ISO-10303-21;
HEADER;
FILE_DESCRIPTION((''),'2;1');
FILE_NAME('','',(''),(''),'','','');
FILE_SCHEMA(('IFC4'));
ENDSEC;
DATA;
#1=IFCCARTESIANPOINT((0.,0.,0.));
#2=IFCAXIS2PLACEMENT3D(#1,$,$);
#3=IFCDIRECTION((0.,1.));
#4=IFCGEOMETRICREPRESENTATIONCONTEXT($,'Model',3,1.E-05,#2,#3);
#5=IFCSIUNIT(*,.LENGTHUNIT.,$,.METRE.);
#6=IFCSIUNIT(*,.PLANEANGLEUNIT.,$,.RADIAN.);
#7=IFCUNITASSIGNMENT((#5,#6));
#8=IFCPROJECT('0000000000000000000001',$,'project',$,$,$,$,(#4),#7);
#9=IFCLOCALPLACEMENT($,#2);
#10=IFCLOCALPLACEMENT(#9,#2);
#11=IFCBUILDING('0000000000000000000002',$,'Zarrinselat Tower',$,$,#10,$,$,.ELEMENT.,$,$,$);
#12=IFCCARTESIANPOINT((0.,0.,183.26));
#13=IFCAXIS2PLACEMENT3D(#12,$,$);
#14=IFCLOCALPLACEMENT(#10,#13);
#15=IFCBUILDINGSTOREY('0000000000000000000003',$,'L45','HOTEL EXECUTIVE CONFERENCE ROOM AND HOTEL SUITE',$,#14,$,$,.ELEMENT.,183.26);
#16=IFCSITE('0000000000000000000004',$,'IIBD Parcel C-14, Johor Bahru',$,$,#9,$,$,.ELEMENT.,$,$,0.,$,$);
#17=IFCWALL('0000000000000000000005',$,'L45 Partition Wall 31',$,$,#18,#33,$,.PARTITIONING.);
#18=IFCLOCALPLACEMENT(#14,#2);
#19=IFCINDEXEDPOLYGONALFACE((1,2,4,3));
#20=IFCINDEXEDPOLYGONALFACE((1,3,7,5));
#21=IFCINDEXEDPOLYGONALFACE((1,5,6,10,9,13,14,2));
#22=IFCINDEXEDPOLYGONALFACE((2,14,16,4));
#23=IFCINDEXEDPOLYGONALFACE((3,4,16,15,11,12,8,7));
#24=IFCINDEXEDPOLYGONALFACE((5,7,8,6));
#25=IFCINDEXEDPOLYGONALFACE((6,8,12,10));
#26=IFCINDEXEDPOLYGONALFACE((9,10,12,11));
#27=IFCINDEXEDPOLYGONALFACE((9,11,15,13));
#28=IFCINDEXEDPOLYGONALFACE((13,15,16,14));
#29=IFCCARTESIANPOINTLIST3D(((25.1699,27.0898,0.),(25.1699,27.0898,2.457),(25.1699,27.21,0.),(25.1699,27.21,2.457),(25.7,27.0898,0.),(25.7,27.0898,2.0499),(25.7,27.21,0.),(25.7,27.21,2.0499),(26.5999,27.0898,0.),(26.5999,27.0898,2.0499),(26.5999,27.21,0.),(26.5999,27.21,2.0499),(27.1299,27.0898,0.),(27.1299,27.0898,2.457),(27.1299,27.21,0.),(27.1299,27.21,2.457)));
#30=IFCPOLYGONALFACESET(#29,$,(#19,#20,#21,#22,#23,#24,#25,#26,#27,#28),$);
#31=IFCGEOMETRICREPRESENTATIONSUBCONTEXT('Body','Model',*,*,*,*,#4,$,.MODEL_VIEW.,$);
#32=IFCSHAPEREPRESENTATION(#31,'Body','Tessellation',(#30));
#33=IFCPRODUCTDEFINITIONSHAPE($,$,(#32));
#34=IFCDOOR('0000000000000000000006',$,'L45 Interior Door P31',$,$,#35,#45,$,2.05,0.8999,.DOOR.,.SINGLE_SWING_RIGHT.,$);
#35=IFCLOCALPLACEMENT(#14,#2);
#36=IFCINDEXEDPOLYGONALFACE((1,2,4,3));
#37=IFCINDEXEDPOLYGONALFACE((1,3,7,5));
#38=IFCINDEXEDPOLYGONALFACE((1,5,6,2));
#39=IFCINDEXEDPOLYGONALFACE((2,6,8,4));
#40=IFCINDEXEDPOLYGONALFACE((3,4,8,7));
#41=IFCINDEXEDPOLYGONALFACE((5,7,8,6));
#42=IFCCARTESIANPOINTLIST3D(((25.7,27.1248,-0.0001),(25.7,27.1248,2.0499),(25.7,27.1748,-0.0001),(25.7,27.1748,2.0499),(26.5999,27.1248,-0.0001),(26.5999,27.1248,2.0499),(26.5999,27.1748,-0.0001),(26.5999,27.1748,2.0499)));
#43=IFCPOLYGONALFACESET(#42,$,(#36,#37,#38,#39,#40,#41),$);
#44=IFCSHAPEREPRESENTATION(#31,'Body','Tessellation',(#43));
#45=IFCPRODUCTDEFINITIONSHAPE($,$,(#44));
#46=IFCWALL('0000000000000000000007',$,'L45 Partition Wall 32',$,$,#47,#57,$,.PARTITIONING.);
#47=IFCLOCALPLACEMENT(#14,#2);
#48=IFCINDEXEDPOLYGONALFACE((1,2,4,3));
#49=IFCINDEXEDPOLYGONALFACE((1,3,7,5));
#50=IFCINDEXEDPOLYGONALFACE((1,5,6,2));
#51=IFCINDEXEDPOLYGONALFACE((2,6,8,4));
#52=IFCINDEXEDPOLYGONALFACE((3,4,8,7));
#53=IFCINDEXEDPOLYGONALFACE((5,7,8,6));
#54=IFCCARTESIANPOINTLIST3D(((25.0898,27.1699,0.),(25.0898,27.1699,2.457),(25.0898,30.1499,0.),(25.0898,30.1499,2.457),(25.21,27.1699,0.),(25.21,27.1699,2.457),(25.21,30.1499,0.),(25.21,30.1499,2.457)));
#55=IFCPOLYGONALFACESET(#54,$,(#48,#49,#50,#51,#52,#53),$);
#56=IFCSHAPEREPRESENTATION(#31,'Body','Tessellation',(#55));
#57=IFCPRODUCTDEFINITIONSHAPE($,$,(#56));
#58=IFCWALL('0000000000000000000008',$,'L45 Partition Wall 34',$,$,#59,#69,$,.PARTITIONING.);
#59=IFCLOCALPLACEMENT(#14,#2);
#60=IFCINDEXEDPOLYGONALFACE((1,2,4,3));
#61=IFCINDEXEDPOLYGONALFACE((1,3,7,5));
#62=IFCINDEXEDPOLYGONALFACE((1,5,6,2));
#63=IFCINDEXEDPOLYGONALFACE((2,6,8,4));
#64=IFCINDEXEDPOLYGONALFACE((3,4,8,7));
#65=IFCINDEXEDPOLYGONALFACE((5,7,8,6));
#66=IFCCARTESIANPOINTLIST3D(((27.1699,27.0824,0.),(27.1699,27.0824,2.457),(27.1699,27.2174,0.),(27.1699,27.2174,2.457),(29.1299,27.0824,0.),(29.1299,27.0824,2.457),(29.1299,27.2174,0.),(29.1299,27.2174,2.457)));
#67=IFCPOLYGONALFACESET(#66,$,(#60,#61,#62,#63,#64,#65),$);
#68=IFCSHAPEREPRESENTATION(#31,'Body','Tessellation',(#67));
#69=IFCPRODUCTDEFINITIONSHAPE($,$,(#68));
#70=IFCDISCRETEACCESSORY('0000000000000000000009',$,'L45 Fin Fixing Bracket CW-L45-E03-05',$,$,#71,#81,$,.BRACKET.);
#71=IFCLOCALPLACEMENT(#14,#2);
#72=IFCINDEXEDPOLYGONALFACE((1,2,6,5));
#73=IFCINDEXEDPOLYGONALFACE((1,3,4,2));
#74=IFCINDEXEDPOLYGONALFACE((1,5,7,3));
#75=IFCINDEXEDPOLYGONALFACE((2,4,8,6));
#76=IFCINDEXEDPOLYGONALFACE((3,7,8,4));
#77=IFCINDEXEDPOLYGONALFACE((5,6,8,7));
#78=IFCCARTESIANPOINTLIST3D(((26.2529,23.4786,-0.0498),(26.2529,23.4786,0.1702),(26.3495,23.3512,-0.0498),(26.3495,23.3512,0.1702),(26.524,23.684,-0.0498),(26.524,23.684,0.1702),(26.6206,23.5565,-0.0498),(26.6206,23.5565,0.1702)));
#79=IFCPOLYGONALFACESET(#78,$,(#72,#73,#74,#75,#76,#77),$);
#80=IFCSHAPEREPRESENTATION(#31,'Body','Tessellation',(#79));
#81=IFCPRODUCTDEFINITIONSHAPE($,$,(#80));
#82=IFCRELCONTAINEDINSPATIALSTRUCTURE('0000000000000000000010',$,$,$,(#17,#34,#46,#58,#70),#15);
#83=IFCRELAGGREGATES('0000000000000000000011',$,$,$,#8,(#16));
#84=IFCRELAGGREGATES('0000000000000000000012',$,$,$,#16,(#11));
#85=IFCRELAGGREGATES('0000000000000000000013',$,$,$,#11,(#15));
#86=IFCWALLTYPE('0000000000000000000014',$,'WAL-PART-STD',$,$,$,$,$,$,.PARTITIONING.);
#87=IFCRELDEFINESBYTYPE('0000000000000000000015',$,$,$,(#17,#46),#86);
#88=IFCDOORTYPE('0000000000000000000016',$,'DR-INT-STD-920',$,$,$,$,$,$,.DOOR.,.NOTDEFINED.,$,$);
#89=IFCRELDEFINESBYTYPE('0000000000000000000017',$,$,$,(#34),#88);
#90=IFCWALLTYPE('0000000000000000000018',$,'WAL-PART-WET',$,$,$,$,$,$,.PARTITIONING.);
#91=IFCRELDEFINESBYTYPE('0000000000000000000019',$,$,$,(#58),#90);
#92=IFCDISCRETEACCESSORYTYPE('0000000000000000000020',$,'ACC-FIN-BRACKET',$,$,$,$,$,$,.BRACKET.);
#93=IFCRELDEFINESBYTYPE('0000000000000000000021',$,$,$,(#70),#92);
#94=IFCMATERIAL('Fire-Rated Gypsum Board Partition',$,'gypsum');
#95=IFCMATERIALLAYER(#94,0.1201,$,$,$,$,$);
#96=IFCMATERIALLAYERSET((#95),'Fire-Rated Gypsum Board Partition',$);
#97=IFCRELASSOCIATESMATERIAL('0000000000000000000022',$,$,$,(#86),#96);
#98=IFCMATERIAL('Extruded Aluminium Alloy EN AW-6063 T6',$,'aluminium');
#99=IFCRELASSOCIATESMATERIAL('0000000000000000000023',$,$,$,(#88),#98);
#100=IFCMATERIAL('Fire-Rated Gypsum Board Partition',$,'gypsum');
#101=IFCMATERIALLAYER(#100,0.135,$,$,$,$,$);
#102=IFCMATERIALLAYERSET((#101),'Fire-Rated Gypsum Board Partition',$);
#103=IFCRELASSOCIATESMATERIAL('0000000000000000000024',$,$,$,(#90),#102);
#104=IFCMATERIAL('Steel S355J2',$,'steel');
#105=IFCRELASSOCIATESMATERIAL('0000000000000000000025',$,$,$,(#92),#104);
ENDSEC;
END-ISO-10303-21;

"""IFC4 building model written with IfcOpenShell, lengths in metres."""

from ifc_helpers import new_model, si_unit, direction, frame, frame_2d, origin, origin_2d, place, context, subcontext, project, spatial, rectangle, extrude, material, layer, layer_set, type_object, element, fill, save


model = new_model("IFC4")

# Units and contexts
model_context = context("Model", 3, precision=1e-05, world=origin(), true_north=direction((0.0, 1.0)))
body_context = subcontext(model_context, "Body", "Model", "MODEL_VIEW")
ifc_project = project(units=[si_unit("LENGTHUNIT", "METRE"), si_unit("PLANEANGLEUNIT", "RADIAN")], contexts=[model_context])

# Site, building, storey
site_placement = place(None, origin())
site = spatial("IfcSite", under=ifc_project, at=site_placement, Name="IIBD Parcel C-14, Johor Bahru", CompositionType="ELEMENT", RefElevation=0.0)
building_placement = place(site_placement, origin())
building = spatial("IfcBuilding", under=site, at=building_placement, Name="Zarrinselat Tower", CompositionType="ELEMENT")
storey_placement = place(building_placement, frame((0.0, 0.0, 183.26)))
storey = spatial("IfcBuildingStorey", under=building, at=storey_placement, Name="L45", Description="HOTEL EXECUTIVE CONFERENCE ROOM AND HOTEL SUITE", CompositionType="ELEMENT", Elevation=183.26)

# Wall, opening, door
ifc_material_1 = material(Name="Fire-Rated Gypsum Board Partition", Category="gypsum")
ifc_layer_1 = layer(ifc_material_1, 0.1201)
ifc_layer_set_1 = layer_set([ifc_layer_1], Name="Fire-Rated Gypsum Board Partition")
wall_type_1 = type_object("IfcWallType", Name="WAL-PART-STD", PredefinedType="PARTITIONING", material=ifc_layer_set_1)
wall_1_placement = place(storey_placement, frame((25.1699, 27.1499, 0.0), z_axis=(0.0, 0.0, 1.0), x_axis=(1.0, 0.0, 0.0)))
wall_1 = element("IfcWall", 1, at=wall_1_placement, inside=storey, type_object=wall_type_1, Name="L45 Partition Wall 31", PredefinedType="PARTITIONING", context=body_context, shape_type="SweptSolid", body=[
    extrude(rectangle(XDim=1.96, YDim=0.1201, at=frame_2d((0.98, 0.0))), origin(), (0.0, 0.0, 1.0), 2.457),
])
opening_placement = place(wall_1_placement, frame((0.53, 0.0, 0.0)))
opening = element("IfcOpeningElement", 2, at=opening_placement, cuts=wall_1, PredefinedType="OPENING", context=body_context, shape_type="SweptSolid", body=[
    extrude(rectangle(XDim=0.8999, YDim=2.05, at=frame_2d((0.45, 1.0249))), frame((0.0, 0.0701, 0.0), z_axis=(0.0, -1.0, 0.0), x_axis=(1.0, 0.0, 0.0)), (0.0, 0.0, 1.0), 0.1401),
])
ifc_material_2 = material(Name="Extruded Aluminium Alloy EN AW-6063 T6", Category="aluminium")
door_type = type_object("IfcDoorType", Name="DR-INT-STD-920", OperationType="NOTDEFINED", PredefinedType="DOOR", material=ifc_material_2)
door_placement = place(opening_placement, origin())
door = element("IfcDoor", 3, at=door_placement, inside=storey, type_object=door_type, Name="L45 Interior Door P31", OperationType="SINGLE_SWING_RIGHT", OverallHeight=2.05, OverallWidth=0.8999, PredefinedType="DOOR", context=body_context, shape_type="SweptSolid", body=[
    extrude(rectangle(XDim=0.8999, YDim=2.05, at=frame_2d((0.45, 1.0249))), frame((0.0, 0.0249, 0.0), z_axis=(0.0, -1.0, 0.0), x_axis=(1.0, 0.0, 0.0)), (0.0, 0.0, 1.0), 0.05),
])
fill(opening, door)

# Walls
wall_2_placement = place(storey_placement, frame((25.1499, 27.1699, 0.0), z_axis=(0.0, 0.0, 1.0), x_axis=(0.0, 1.0, 0.0)))
element("IfcWall", 4, at=wall_2_placement, inside=storey, type_object=wall_type_1, Name="L45 Partition Wall 32", PredefinedType="PARTITIONING", context=body_context, shape_type="SweptSolid", body=[
    extrude(rectangle(XDim=2.98, YDim=0.1201, at=frame_2d((1.49, 0.0))), origin(), (0.0, 0.0, 1.0), 2.457),
])
ifc_material_3 = material(Name="Fire-Rated Gypsum Board Partition", Category="gypsum")
ifc_layer_2 = layer(ifc_material_3, 0.135)
ifc_layer_set_2 = layer_set([ifc_layer_2], Name="Fire-Rated Gypsum Board Partition")
wall_type_2 = type_object("IfcWallType", Name="WAL-PART-WET", PredefinedType="PARTITIONING", material=ifc_layer_set_2)
wall_3_placement = place(storey_placement, frame((27.1699, 27.1499, 0.0), z_axis=(0.0, 0.0, 1.0), x_axis=(1.0, 0.0, 0.0)))
element("IfcWall", 5, at=wall_3_placement, inside=storey, type_object=wall_type_2, Name="L45 Partition Wall 34", PredefinedType="PARTITIONING", context=body_context, shape_type="SweptSolid", body=[
    extrude(rectangle(XDim=1.96, YDim=0.135, at=frame_2d((0.98, 0.0))), origin(), (0.0, 0.0, 1.0), 2.457),
])

# Discrete accessory
ifc_material_4 = material(Name="Steel S355J2", Category="steel")
discrete_accessory_type = type_object("IfcDiscreteAccessoryType", Name="ACC-FIN-BRACKET", PredefinedType="BRACKET", material=ifc_material_4)
discrete_accessory_placement = place(storey_placement, frame((26.4368, 23.5176, -0.0498), z_axis=(0.0, 0.0, 1.0), x_axis=(-0.797092, -0.603857, 0.0)))
element("IfcDiscreteAccessory", 6, at=discrete_accessory_placement, inside=storey, type_object=discrete_accessory_type, Name="L45 Fin Fixing Bracket CW-L45-E03-05", PredefinedType="BRACKET", context=body_context, shape_type="SweptSolid", body=[
    extrude(rectangle(XDim=0.3401, YDim=0.1599, at=origin_2d()), origin(), (0.0, 0.0, 1.0), 0.22),
])

save(model, "model.ifc")
